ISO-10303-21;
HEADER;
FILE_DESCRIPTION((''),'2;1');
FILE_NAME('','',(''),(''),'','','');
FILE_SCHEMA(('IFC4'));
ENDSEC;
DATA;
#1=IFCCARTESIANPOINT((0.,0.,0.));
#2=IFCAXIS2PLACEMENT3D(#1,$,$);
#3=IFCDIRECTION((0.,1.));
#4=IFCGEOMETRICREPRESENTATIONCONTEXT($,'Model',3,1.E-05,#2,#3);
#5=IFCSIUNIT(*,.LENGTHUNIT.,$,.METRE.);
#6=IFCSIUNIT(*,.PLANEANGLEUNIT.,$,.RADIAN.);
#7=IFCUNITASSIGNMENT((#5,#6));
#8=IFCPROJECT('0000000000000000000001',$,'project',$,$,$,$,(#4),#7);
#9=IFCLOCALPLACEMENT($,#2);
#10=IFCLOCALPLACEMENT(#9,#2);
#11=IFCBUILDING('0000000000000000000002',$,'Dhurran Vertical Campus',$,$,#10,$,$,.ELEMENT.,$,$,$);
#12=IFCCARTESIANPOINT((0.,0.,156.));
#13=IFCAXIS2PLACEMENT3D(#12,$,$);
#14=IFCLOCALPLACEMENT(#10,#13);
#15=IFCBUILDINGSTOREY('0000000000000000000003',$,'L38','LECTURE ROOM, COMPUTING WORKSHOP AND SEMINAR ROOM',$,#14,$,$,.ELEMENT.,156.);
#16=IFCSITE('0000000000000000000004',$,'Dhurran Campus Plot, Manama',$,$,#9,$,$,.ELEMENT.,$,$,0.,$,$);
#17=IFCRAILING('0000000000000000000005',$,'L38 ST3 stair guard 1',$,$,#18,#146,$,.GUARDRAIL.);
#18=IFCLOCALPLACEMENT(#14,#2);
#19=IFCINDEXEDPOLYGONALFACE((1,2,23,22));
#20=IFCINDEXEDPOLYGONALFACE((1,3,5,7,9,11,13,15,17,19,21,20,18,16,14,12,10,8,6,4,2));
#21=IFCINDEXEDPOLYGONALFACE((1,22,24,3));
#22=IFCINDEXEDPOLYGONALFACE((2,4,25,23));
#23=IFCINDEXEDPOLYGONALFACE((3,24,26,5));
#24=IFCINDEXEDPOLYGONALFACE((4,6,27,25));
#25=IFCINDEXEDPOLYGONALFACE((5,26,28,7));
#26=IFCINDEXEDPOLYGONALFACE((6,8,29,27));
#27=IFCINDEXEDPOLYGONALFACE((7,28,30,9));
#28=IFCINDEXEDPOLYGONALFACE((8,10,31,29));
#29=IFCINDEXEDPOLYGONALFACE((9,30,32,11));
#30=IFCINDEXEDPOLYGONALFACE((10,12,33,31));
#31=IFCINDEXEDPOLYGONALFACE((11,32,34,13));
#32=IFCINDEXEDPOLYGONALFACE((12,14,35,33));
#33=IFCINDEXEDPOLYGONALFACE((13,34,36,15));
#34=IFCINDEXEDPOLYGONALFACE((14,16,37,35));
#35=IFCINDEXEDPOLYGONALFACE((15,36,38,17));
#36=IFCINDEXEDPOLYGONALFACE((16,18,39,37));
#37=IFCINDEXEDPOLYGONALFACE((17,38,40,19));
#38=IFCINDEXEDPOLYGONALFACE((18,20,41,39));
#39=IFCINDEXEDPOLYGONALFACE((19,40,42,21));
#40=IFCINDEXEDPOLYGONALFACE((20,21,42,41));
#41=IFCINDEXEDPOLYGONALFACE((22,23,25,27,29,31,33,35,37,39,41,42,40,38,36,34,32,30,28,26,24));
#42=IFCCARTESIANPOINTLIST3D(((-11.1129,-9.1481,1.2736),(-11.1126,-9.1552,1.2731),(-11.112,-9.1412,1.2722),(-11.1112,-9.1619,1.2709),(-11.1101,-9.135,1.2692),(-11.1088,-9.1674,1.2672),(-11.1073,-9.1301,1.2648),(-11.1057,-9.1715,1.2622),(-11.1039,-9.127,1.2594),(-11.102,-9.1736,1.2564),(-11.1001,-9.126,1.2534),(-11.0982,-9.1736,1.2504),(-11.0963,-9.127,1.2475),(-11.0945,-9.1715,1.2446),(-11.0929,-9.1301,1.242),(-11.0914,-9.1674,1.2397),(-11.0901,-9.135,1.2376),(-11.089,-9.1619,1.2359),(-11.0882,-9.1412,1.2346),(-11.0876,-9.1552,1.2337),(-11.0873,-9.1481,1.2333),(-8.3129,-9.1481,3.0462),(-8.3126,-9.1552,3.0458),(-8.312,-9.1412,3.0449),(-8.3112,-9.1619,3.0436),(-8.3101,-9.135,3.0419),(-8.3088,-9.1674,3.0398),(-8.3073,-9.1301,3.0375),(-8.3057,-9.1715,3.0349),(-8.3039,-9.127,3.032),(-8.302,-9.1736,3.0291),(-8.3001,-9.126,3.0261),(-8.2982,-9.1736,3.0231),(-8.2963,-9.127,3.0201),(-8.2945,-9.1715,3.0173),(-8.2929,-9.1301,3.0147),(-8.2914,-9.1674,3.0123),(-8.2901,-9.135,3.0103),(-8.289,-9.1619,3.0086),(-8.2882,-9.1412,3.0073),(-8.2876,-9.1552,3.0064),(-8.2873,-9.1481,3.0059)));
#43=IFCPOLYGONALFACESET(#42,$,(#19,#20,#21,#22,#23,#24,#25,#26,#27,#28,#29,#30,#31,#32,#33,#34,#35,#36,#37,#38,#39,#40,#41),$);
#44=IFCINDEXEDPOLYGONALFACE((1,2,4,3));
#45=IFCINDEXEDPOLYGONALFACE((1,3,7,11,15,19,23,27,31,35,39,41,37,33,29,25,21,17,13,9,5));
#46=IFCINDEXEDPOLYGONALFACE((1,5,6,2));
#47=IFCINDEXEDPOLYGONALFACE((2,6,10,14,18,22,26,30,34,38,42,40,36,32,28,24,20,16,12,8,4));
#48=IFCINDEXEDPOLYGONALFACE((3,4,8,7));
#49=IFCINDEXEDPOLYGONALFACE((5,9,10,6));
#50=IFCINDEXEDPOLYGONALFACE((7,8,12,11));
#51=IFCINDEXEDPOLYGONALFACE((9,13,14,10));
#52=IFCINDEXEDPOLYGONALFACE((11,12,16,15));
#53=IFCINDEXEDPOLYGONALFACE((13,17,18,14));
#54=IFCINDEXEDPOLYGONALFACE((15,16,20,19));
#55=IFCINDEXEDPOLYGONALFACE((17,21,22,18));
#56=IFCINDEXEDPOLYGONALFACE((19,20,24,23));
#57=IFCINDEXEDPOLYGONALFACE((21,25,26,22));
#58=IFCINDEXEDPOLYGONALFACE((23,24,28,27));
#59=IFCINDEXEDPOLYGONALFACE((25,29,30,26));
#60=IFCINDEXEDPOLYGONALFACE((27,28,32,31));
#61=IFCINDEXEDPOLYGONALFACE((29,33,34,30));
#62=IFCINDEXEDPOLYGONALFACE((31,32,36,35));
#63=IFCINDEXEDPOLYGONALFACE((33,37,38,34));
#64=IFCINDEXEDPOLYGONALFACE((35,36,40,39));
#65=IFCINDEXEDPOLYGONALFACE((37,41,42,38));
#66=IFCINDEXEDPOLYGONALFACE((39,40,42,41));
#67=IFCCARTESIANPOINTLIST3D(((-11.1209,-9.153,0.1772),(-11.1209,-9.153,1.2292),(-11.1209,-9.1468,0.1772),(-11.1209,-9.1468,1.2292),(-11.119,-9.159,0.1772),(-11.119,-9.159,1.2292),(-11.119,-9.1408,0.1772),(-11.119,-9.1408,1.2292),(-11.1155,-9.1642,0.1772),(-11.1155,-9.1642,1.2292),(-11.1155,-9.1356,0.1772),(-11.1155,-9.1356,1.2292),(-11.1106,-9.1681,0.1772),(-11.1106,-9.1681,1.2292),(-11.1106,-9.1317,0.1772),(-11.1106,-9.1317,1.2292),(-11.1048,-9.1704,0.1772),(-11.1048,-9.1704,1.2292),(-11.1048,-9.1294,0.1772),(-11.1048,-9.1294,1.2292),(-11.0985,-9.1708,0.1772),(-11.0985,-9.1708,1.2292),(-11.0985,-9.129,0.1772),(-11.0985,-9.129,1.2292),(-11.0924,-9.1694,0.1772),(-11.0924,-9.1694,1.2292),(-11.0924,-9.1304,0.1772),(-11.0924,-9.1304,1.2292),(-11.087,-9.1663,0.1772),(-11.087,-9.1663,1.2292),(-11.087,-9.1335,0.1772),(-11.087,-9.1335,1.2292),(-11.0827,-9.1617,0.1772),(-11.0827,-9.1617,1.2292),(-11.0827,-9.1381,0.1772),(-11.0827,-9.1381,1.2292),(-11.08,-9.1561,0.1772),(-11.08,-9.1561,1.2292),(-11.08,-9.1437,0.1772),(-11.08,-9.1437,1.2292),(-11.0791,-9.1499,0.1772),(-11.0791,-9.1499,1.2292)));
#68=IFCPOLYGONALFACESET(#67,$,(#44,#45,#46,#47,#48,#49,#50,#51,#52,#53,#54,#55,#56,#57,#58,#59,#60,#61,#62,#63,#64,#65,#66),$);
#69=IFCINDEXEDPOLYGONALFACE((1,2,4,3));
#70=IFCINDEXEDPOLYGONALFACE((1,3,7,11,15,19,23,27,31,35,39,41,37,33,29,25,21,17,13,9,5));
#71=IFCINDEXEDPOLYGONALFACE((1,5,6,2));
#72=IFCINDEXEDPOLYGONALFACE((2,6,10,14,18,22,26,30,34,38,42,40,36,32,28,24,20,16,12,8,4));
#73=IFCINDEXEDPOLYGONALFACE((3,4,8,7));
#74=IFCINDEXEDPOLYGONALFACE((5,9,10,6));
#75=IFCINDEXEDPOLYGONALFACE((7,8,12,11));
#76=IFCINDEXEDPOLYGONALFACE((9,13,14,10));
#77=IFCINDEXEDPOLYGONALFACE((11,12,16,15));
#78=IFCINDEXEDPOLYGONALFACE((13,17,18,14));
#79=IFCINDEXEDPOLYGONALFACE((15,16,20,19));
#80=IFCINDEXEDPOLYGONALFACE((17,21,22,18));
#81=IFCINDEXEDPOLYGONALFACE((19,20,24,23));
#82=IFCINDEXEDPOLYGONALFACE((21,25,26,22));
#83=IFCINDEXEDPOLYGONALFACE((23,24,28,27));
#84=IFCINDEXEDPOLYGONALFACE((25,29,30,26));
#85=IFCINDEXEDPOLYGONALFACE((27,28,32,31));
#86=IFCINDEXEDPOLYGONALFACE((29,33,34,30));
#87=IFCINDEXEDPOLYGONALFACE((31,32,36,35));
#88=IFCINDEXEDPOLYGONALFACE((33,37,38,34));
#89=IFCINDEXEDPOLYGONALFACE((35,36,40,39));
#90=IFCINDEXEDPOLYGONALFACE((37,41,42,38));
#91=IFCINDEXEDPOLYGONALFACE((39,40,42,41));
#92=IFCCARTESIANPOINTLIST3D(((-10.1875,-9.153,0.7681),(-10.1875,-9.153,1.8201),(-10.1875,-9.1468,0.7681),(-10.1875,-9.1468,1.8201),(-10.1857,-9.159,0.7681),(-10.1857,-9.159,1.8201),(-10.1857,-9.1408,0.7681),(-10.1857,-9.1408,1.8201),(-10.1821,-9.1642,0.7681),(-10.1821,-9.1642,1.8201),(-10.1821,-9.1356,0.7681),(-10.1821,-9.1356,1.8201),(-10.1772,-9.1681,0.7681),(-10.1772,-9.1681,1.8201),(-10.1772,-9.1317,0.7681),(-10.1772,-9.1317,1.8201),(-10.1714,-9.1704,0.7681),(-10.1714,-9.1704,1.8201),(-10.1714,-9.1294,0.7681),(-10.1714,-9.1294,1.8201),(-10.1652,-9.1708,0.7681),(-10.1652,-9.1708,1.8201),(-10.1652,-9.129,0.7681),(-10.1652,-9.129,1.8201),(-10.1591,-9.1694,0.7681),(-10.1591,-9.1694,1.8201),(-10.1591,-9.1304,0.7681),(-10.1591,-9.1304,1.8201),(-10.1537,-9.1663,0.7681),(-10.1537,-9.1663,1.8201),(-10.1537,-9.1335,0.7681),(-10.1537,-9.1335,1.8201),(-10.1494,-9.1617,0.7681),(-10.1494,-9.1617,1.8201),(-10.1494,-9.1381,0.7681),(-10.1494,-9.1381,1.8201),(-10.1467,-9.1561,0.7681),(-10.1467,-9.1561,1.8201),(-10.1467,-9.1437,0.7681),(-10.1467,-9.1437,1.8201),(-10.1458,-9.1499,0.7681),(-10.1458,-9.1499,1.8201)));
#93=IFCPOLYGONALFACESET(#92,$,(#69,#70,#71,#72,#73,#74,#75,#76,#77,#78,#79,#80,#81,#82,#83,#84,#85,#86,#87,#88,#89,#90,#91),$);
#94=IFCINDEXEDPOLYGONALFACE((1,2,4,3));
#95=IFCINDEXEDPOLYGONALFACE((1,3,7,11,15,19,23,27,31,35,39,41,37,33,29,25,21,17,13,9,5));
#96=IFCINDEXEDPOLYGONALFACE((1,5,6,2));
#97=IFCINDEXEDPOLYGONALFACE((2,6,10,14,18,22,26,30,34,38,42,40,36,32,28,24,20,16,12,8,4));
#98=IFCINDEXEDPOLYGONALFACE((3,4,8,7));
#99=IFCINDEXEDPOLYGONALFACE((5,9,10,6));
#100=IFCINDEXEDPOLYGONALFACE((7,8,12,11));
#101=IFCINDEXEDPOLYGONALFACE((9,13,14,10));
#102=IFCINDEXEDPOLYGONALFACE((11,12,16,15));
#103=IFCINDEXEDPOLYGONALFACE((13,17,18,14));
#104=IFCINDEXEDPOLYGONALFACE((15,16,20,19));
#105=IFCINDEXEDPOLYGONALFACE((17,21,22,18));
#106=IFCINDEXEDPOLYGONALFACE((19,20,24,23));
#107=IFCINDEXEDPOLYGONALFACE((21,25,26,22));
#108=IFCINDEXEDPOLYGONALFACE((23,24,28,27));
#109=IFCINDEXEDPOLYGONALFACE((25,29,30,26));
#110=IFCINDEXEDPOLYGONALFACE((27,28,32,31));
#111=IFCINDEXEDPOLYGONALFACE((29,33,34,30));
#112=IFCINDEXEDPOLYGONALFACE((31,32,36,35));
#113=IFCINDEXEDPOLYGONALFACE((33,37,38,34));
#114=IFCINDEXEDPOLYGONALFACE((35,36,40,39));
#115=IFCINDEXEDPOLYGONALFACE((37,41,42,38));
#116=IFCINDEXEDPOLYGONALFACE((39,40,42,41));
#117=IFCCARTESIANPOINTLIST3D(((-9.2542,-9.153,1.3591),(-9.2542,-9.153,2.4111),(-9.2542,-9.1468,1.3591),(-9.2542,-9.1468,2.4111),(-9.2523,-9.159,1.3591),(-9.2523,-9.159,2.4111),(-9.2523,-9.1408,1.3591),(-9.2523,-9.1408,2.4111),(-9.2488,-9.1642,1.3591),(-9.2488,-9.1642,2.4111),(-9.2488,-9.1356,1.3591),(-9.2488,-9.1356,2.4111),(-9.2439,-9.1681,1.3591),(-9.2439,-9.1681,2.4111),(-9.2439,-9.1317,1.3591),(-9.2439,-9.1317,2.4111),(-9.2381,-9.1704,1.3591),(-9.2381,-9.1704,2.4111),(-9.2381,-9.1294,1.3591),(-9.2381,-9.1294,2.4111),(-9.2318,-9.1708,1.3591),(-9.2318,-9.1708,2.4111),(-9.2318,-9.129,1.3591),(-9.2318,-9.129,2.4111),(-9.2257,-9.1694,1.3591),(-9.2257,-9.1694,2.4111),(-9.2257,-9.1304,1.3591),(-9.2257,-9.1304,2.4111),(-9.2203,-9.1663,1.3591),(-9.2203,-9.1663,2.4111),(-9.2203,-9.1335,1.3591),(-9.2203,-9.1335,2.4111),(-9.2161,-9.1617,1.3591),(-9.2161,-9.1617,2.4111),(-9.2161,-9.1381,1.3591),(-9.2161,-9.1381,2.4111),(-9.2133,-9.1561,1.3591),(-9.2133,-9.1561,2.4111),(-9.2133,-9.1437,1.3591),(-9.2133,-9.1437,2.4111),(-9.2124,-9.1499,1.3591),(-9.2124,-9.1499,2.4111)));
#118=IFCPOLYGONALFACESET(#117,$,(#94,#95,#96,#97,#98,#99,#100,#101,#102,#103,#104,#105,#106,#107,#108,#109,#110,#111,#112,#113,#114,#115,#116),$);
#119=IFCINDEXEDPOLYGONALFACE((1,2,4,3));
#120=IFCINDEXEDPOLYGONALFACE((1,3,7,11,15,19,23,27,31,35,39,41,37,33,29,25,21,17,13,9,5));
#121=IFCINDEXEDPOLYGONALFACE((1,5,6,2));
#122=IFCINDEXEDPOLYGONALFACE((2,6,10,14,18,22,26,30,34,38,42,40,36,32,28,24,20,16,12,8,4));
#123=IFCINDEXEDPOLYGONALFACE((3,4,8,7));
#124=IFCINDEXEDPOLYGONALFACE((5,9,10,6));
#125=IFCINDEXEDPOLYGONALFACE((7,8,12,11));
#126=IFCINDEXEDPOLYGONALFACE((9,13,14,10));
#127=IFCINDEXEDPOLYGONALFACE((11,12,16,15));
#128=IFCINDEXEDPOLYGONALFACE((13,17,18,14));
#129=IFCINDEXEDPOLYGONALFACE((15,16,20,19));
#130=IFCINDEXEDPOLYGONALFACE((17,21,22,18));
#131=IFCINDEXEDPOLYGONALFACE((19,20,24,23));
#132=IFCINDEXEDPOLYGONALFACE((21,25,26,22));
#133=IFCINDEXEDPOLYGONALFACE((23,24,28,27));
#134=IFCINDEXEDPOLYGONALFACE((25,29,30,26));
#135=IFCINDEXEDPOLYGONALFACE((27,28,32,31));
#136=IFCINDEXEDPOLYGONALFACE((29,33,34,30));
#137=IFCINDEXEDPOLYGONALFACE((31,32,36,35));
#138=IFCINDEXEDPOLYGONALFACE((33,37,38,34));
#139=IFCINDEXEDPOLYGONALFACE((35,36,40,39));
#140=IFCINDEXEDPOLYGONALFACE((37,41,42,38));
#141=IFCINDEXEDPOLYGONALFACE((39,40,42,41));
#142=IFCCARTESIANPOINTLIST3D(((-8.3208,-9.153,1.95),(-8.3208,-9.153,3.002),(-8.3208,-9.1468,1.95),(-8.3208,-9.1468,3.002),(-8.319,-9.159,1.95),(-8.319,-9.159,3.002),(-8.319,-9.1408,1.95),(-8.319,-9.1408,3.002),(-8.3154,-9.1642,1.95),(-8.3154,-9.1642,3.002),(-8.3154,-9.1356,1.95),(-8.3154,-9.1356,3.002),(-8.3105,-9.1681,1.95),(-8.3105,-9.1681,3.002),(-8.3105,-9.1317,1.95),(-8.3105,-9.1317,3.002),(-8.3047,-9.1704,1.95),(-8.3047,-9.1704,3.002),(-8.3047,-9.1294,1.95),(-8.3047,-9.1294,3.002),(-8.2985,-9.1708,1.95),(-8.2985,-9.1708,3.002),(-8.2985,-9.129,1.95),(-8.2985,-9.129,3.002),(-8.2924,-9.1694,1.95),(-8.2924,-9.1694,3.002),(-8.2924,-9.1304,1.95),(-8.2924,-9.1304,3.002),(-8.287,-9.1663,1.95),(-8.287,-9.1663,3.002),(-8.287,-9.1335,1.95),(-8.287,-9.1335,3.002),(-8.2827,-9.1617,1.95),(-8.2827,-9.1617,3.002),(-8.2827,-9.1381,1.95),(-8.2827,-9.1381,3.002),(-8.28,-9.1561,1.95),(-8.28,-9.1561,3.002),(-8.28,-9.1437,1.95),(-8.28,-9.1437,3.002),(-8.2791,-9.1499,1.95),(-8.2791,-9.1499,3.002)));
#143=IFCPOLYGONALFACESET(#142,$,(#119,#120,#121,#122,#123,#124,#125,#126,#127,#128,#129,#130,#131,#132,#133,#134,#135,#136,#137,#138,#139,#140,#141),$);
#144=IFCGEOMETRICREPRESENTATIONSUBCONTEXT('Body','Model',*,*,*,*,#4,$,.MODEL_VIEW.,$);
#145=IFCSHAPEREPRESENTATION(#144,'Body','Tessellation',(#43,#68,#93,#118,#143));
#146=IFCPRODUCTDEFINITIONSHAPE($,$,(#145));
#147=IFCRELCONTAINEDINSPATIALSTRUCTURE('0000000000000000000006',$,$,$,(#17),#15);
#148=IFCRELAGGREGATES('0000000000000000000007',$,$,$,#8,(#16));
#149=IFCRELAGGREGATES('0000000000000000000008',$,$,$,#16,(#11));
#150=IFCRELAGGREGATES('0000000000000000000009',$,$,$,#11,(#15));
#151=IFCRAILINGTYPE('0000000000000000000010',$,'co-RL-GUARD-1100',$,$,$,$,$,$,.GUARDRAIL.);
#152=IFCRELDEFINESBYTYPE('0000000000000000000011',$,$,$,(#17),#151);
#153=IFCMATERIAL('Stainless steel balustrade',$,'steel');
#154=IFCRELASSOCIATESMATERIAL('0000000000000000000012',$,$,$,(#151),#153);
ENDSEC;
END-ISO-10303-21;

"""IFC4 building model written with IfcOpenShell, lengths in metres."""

from ifc_helpers import new_model, si_unit, direction, frame, origin, origin_2d, place, context, subcontext, project, spatial, circle, extrude, material, type_object, element, save


model = new_model("IFC4")

# Units and contexts
model_context = context("Model", 3, precision=1e-05, world=origin(), true_north=direction((0.0, 1.0)))
body_context = subcontext(model_context, "Body", "Model", "MODEL_VIEW")
ifc_project = project(units=[si_unit("LENGTHUNIT", "METRE"), si_unit("PLANEANGLEUNIT", "RADIAN")], contexts=[model_context])

# Site, building, storey
site_placement = place(None, origin())
site = spatial("IfcSite", under=ifc_project, at=site_placement, Name="Dhurran Campus Plot, Manama", CompositionType="ELEMENT", RefElevation=0.0)
building_placement = place(site_placement, origin())
building = spatial("IfcBuilding", under=site, at=building_placement, Name="Dhurran Vertical Campus", CompositionType="ELEMENT")
storey_placement = place(building_placement, frame((0.0, 0.0, 156.0)))
storey = spatial("IfcBuildingStorey", under=building, at=storey_placement, Name="L38", Description="LECTURE ROOM, COMPUTING WORKSHOP AND SEMINAR ROOM", CompositionType="ELEMENT", Elevation=156.0)

# Railing
ifc_material_1 = material(Name="Stainless steel balustrade", Category="steel")
railing_type_1 = type_object("IfcRailingType", Name="co-RL-GUARD-1100", PredefinedType="GUARDRAIL", material=ifc_material_1)
railing_1_placement = place(storey_placement, frame((-11.1001, -9.1499, 0.1772)))
element("IfcRailing", 1, at=railing_1_placement, inside=storey, type_object=railing_type_1, Name="L38 ST3 stair guard 1", PredefinedType="GUARDRAIL", context=body_context, shape_type="SweptSolid", body=[
    extrude(circle(Radius=0.0239, at=origin_2d()), frame((0.0, 0.0, 1.0762), z_axis=(0.844909, 0.0, 0.53491), x_axis=(0.0, 1.0, 0.0)), (0.0, 0.0, 1.0), 3.314),
    extrude(circle(Radius=0.021, at=origin_2d()), origin(), (0.0, 0.0, 1.0), 1.052),
    extrude(circle(Radius=0.021, at=origin_2d()), frame((0.9333, 0.0, 0.5908)), (0.0, 0.0, 1.0), 1.052),
    extrude(circle(Radius=0.021, at=origin_2d()), frame((1.8667, 0.0, 1.1819)), (0.0, 0.0, 1.0), 1.052),
    extrude(circle(Radius=0.021, at=origin_2d()), frame((2.8, 0.0, 1.7727)), (0.0, 0.0, 1.0), 1.052),
])

save(model, "model.ifc")
